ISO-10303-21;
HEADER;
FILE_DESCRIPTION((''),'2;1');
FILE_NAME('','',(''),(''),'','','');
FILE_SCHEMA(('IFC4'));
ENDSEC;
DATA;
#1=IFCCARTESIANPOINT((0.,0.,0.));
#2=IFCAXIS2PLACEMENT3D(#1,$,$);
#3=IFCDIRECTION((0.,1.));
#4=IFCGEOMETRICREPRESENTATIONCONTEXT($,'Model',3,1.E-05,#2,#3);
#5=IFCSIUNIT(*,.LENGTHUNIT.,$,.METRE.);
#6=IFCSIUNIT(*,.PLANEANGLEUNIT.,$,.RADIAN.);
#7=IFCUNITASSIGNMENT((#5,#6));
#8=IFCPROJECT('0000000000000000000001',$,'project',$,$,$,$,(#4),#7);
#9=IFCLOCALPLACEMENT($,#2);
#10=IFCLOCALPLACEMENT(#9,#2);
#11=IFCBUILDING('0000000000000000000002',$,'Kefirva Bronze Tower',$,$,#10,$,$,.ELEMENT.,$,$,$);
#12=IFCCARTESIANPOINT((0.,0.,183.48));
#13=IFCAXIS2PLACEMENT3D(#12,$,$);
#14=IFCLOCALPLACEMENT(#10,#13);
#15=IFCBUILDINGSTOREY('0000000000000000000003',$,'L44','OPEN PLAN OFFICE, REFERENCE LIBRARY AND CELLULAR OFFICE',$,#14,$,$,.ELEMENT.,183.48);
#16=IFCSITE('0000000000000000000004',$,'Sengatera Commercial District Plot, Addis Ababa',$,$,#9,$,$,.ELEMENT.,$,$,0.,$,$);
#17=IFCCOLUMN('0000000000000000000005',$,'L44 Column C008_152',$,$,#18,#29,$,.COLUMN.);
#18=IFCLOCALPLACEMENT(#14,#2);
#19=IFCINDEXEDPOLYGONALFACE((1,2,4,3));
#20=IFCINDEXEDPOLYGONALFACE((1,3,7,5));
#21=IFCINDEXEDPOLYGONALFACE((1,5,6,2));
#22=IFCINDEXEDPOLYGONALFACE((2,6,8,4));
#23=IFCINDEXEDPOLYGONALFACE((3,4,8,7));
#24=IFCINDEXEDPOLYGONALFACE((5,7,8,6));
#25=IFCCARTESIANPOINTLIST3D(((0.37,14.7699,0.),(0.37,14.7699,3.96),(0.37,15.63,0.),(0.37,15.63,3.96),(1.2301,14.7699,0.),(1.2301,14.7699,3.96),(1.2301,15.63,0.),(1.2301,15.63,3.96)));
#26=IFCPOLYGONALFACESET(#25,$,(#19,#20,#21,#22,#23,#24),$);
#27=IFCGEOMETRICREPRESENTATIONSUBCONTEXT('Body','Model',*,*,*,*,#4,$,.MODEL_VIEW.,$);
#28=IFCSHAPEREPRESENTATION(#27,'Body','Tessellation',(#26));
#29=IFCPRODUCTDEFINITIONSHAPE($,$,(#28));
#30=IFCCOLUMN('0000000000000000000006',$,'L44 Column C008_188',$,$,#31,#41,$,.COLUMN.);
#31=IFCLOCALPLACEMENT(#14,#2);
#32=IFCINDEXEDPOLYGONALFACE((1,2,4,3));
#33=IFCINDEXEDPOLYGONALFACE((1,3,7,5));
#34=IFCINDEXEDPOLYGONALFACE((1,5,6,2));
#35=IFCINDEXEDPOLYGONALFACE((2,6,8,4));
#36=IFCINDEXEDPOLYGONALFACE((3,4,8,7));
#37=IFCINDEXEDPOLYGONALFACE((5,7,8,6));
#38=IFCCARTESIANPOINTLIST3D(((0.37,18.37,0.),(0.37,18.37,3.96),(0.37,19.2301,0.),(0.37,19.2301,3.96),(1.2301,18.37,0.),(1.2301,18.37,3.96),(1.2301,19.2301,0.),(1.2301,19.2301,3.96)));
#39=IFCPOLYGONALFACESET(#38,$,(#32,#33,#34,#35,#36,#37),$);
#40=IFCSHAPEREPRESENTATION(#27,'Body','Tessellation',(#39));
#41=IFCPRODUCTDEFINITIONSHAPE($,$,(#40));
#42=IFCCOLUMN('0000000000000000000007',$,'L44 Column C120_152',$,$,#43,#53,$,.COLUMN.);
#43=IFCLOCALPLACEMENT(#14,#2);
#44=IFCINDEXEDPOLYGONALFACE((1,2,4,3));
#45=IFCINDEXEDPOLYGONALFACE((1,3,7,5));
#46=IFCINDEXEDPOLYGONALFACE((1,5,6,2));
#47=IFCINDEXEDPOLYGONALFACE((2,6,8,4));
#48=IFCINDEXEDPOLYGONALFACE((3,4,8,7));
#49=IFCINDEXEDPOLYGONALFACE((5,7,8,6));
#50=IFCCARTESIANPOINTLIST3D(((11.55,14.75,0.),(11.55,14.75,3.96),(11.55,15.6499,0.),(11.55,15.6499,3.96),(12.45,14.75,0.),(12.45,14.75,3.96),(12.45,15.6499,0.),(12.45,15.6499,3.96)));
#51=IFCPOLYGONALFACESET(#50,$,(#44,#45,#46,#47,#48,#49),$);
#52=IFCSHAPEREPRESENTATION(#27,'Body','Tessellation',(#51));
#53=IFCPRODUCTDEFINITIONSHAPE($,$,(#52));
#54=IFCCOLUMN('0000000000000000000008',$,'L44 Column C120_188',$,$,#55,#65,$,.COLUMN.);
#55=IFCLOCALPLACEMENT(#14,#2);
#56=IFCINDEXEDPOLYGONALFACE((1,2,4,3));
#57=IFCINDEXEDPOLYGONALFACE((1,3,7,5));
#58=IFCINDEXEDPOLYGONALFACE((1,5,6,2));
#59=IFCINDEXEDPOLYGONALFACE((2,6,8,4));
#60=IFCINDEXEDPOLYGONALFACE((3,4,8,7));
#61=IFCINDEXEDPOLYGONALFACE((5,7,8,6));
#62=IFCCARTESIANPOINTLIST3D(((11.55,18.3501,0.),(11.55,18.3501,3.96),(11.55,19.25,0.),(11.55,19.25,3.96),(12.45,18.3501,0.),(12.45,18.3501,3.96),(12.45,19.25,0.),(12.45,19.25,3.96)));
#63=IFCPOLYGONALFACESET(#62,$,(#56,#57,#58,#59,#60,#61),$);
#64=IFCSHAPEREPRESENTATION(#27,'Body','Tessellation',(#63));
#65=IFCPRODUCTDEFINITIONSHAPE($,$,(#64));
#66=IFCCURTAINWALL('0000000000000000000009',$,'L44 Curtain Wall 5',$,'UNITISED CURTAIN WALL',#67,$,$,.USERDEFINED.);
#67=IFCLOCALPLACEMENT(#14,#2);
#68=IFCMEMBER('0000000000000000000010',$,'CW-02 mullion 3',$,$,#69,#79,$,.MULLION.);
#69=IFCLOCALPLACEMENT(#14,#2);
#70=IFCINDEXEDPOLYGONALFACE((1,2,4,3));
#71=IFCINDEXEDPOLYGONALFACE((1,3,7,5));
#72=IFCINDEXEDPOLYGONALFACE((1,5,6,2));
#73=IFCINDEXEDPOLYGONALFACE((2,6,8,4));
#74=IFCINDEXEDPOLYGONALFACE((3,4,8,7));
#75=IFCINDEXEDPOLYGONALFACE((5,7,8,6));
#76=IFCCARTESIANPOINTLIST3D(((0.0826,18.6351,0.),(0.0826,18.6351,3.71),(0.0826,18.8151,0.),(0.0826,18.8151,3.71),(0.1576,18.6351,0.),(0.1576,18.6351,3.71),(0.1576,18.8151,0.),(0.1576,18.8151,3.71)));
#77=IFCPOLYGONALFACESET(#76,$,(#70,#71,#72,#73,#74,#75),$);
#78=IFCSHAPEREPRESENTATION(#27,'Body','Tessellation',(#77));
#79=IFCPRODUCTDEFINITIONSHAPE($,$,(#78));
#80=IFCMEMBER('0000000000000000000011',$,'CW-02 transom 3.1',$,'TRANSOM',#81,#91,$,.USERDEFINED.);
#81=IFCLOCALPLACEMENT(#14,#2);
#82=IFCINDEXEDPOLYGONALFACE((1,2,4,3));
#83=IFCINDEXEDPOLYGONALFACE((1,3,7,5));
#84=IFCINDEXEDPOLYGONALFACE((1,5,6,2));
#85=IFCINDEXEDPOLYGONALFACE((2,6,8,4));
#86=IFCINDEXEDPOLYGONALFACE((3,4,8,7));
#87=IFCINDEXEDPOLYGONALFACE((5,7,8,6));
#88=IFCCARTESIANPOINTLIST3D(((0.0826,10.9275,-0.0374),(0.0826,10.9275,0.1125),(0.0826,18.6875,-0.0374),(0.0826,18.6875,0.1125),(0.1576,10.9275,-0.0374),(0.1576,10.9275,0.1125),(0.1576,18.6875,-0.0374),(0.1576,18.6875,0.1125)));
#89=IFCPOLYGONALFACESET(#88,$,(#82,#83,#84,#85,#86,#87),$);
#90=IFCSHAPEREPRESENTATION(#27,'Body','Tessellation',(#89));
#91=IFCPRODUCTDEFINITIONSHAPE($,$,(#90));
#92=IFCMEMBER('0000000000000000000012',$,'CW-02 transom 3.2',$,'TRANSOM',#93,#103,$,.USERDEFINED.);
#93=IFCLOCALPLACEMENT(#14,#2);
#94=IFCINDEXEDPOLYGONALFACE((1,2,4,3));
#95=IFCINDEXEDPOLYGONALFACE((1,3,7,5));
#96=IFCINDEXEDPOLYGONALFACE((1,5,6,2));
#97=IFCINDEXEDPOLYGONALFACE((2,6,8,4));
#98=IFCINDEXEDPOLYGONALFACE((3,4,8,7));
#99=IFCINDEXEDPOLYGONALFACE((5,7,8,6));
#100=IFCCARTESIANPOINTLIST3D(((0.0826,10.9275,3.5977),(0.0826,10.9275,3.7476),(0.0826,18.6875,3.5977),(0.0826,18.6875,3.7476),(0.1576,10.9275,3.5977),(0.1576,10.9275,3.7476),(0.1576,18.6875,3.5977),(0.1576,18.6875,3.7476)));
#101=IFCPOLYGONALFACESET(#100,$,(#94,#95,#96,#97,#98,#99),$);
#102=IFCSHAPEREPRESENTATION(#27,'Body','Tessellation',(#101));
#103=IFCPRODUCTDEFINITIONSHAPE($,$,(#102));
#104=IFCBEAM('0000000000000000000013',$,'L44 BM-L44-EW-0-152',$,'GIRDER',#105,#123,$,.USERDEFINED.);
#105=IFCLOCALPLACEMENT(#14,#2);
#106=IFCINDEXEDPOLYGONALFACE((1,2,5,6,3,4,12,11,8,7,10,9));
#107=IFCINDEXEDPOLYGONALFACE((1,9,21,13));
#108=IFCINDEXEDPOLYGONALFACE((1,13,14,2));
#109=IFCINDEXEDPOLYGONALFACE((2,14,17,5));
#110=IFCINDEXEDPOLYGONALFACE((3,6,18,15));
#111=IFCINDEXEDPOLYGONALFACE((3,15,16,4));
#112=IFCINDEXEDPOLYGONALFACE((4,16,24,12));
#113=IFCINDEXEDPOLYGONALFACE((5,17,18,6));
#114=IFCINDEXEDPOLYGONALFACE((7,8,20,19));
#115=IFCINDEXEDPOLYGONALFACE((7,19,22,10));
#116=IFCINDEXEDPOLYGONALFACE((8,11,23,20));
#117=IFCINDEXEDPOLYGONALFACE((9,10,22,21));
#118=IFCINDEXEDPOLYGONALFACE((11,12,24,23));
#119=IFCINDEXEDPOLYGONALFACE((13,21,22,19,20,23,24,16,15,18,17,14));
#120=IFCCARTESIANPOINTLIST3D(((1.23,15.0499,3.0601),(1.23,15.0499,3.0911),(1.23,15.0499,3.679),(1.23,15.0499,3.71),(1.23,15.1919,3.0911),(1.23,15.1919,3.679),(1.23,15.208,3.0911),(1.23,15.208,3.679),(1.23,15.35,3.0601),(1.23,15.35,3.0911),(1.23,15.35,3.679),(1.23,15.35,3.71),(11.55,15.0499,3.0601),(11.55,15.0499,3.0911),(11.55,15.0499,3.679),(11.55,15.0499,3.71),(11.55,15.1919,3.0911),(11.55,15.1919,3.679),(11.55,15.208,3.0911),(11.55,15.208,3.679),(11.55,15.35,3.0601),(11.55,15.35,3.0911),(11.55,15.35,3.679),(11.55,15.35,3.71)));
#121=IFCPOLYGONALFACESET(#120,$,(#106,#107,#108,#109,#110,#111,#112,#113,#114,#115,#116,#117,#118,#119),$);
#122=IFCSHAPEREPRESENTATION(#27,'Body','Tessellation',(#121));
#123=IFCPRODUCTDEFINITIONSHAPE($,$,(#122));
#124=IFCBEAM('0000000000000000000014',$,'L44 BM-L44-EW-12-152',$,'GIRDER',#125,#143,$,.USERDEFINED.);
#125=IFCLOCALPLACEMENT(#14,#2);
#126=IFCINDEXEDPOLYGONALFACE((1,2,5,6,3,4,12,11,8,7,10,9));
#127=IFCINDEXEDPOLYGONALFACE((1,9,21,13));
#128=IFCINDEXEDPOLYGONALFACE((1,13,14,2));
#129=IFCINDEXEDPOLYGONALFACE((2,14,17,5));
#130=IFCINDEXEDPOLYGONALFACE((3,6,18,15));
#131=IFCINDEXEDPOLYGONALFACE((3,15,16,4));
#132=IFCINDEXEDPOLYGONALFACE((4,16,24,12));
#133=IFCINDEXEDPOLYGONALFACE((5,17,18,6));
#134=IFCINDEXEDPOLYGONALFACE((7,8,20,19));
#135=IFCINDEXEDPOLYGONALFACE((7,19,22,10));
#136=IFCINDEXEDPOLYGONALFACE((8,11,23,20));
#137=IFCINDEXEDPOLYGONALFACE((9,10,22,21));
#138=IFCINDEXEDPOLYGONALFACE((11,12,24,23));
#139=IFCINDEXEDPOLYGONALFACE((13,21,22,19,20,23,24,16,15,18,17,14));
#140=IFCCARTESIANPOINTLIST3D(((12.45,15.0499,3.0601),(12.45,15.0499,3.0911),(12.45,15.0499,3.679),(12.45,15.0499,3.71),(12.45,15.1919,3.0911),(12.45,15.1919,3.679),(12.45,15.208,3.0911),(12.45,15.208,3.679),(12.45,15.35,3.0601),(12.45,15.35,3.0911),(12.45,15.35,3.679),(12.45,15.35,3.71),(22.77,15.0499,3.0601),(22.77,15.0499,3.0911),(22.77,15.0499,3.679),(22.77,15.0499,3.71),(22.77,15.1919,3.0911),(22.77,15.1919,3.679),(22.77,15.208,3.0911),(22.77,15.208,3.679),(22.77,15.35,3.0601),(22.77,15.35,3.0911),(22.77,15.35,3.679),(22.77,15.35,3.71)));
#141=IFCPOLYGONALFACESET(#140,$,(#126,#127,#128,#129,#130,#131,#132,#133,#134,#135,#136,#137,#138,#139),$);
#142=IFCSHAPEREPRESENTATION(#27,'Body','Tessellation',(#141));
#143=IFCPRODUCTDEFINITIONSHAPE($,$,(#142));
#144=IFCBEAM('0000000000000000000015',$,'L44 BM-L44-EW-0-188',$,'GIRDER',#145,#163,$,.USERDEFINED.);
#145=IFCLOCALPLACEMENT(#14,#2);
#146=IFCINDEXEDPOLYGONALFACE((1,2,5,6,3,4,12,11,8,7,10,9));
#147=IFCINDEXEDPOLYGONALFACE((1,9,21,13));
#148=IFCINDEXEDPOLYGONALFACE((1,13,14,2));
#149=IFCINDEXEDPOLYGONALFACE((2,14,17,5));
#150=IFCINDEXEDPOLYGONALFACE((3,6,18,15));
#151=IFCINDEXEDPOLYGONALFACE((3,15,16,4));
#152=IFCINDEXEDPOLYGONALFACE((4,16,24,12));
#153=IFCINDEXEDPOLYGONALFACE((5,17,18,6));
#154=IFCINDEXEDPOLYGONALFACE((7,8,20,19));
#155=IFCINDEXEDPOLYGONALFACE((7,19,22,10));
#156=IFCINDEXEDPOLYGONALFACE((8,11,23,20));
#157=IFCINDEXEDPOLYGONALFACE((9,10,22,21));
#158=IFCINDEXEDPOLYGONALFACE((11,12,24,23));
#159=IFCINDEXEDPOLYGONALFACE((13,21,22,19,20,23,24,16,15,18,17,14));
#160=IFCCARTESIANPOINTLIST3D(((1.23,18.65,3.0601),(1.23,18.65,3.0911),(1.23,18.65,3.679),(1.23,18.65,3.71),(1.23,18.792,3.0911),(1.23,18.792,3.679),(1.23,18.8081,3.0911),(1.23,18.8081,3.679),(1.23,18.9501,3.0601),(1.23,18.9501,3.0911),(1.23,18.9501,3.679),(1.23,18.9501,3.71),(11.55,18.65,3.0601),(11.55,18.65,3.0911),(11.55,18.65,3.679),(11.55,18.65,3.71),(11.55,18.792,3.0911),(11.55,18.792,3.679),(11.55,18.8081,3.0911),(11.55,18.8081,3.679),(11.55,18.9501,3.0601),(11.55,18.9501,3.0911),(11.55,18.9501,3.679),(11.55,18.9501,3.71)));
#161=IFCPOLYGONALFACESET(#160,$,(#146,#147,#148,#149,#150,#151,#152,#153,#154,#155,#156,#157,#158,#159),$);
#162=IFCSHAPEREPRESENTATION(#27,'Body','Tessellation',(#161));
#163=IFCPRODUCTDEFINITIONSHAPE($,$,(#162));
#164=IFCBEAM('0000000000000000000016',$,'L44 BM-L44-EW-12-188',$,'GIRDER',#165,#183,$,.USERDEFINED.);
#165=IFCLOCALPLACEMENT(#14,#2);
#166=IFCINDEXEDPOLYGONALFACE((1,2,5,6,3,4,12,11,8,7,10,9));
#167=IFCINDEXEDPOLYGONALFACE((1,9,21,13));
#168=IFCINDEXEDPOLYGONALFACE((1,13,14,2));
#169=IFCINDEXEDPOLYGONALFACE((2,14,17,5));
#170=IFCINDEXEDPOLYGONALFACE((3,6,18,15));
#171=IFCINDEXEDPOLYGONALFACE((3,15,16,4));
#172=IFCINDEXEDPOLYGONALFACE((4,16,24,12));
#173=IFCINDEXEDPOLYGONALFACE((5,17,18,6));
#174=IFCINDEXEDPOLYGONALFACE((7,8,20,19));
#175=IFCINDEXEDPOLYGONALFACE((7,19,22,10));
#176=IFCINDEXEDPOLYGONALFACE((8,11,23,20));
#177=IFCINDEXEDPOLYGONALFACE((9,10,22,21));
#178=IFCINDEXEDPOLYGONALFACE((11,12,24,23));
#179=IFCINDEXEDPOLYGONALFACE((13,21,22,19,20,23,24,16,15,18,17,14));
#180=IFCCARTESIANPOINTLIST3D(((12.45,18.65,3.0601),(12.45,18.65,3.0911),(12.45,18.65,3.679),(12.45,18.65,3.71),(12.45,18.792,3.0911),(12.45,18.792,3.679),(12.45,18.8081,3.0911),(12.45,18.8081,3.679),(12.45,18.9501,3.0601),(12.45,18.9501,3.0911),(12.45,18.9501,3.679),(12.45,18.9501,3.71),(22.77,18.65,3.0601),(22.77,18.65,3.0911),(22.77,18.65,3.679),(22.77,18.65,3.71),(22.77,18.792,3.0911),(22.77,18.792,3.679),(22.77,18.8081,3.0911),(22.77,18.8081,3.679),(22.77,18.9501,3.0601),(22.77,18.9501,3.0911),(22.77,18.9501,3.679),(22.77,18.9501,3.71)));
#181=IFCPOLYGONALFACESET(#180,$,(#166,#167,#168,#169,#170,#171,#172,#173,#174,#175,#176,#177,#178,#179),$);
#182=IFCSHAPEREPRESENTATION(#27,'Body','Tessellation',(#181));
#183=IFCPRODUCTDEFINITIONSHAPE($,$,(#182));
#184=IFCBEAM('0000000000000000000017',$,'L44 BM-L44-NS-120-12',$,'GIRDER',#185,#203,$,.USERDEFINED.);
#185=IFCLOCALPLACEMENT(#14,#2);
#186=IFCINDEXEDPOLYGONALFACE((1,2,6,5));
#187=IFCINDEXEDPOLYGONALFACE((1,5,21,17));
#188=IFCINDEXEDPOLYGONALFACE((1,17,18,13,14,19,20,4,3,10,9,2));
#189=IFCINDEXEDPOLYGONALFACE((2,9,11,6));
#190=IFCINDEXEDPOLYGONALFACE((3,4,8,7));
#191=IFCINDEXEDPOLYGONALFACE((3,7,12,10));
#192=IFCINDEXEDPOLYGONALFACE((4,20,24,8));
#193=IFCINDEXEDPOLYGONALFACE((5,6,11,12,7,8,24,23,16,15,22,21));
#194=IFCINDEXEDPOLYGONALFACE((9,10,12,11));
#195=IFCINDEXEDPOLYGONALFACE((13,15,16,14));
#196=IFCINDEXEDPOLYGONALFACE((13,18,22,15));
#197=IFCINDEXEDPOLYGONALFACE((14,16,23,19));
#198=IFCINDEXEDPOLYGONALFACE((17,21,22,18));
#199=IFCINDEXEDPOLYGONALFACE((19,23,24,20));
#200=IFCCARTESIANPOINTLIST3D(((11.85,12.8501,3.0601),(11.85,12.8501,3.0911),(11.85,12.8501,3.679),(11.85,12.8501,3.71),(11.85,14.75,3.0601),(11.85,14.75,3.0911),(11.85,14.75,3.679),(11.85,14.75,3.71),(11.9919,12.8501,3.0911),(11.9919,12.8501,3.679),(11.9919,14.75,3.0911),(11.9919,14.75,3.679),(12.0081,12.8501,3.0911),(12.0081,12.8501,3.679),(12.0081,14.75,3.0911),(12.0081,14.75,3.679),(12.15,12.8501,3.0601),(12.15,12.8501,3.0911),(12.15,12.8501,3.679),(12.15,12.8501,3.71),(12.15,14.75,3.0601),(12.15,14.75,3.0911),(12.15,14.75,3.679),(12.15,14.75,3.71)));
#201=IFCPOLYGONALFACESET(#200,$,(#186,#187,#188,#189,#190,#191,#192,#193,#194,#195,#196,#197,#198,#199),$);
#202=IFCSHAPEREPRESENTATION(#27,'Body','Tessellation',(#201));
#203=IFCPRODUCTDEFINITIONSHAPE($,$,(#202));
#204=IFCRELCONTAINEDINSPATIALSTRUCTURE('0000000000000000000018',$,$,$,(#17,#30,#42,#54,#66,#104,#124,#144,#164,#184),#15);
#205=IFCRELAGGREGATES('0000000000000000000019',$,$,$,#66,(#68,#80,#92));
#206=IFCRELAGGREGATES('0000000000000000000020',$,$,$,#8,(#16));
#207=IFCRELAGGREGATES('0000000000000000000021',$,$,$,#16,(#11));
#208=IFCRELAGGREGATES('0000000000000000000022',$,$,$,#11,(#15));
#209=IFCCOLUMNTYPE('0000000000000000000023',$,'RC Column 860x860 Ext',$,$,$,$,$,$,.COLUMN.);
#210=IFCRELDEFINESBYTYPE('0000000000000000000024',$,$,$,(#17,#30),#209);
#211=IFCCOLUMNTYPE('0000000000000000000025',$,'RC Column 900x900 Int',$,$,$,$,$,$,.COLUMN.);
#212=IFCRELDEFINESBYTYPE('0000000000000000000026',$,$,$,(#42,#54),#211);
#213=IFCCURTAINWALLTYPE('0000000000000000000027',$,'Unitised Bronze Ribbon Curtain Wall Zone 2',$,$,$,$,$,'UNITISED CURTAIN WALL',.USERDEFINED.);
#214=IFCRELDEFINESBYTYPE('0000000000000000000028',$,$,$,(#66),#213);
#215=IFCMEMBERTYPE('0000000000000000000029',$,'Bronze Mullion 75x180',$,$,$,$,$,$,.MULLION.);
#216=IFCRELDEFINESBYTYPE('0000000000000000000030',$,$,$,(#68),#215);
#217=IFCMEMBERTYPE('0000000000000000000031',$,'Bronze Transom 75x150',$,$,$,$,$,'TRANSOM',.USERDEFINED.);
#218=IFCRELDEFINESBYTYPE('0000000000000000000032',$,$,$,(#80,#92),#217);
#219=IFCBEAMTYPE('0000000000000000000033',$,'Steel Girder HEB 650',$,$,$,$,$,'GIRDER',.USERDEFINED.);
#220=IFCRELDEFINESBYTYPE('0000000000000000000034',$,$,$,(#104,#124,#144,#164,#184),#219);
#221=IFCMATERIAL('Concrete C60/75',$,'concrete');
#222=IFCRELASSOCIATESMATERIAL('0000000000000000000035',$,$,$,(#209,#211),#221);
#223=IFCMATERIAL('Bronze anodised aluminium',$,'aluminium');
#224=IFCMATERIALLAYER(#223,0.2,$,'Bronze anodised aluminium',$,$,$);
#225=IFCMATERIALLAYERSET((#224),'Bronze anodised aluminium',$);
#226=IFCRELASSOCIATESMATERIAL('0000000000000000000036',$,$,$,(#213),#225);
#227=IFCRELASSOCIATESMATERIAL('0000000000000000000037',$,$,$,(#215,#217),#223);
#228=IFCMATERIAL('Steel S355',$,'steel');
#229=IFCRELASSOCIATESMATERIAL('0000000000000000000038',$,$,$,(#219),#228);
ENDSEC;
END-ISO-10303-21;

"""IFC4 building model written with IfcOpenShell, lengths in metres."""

from ifc_helpers import new_model, si_unit, direction, frame, origin, origin_2d, place, context, subcontext, project, spatial, rectangle, i_section, extrude, material, layer, layer_set, material_profile, profile_set, type_object, element, aggregate, save


model = new_model("IFC4")

# Units and contexts
model_context = context("Model", 3, precision=1e-05, world=origin(), true_north=direction((0.0, 1.0)))
body_context = subcontext(model_context, "Body", "Model", "MODEL_VIEW")
ifc_project = project(units=[si_unit("LENGTHUNIT", "METRE"), si_unit("PLANEANGLEUNIT", "RADIAN")], contexts=[model_context])

# Site, building, storey
site_placement = place(None, origin())
site = spatial("IfcSite", under=ifc_project, at=site_placement, Name="Sengatera Commercial District Plot, Addis Ababa", CompositionType="ELEMENT", RefElevation=0.0)
building_placement = place(site_placement, origin())
building = spatial("IfcBuilding", under=site, at=building_placement, Name="Kefirva Bronze Tower", CompositionType="ELEMENT")
storey_placement = place(building_placement, frame((0.0, 0.0, 183.48)))
storey = spatial("IfcBuildingStorey", under=building, at=storey_placement, Name="L44", Description="OPEN PLAN OFFICE, REFERENCE LIBRARY AND CELLULAR OFFICE", CompositionType="ELEMENT", Elevation=183.48)

# Columns
ifc_material_1 = material(Name="Concrete C60/75", Category="concrete")
ifc_material_profile_1 = material_profile(ifc_material_1, rectangle(XDim=0.8601, YDim=0.8601, at=origin_2d()), Name="RC 860x860")
ifc_profile_set_1 = profile_set([ifc_material_profile_1], Name="Concrete C60/75")
column_type_1 = type_object("IfcColumnType", Name="RC Column 860x860 Ext", PredefinedType="COLUMN", material=ifc_profile_set_1)
for number, where, z_axis, x_axis, name in (
    (1, (0.8, 15.2, 0.0), (0.0, 0.0, 1.0), (1.0, 0.0, 0.0), "L44 Column C008_152"),
    (2, (0.8, 18.8, 0.0), (0.0, 0.0, 1.0), (1.0, 0.0, 0.0), "L44 Column C008_188"),
):
    element("IfcColumn", number, at=place(storey_placement, frame(where, z_axis=z_axis, x_axis=x_axis)), inside=storey, type_object=column_type_1, Name=name, PredefinedType="COLUMN", context=body_context, shape_type="SweptSolid", body=[
        extrude(rectangle(XDim=0.8601, YDim=0.8601, at=origin_2d()), origin(), (0.0, 0.0, 1.0), 3.96),
    ])
ifc_material_profile_2 = material_profile(ifc_material_1, rectangle(XDim=0.8999, YDim=0.8999, at=origin_2d()), Name="RC 900x900")
ifc_profile_set_2 = profile_set([ifc_material_profile_2], Name="Concrete C60/75")
column_type_2 = type_object("IfcColumnType", Name="RC Column 900x900 Int", PredefinedType="COLUMN", material=ifc_profile_set_2)
for number, where, z_axis, x_axis, name in (
    (3, (12.0, 15.2, 0.0), (0.0, 0.0, 1.0), (1.0, 0.0, 0.0), "L44 Column C120_152"),
    (4, (12.0, 18.8, 0.0), (0.0, 0.0, 1.0), (1.0, 0.0, 0.0), "L44 Column C120_188"),
):
    element("IfcColumn", number, at=place(storey_placement, frame(where, z_axis=z_axis, x_axis=x_axis)), inside=storey, type_object=column_type_2, Name=name, PredefinedType="COLUMN", context=body_context, shape_type="SweptSolid", body=[
        extrude(rectangle(XDim=0.8999, YDim=0.8999, at=origin_2d()), origin(), (0.0, 0.0, 1.0), 3.96),
    ])

# Curtain wall, members
ifc_material_2 = material(Name="Bronze anodised aluminium", Category="aluminium")
ifc_layer_1 = layer(ifc_material_2, 0.2, Name="Bronze anodised aluminium")
ifc_layer_set_1 = layer_set([ifc_layer_1], Name="Bronze anodised aluminium")
curtain_wall_type = type_object("IfcCurtainWallType", Name="Unitised Bronze Ribbon Curtain Wall Zone 2", ElementType="UNITISED CURTAIN WALL", PredefinedType="USERDEFINED", material=ifc_layer_set_1)
curtain_wall_placement = place(storey_placement, origin())
curtain_wall = element("IfcCurtainWall", 5, at=curtain_wall_placement, inside=storey, type_object=curtain_wall_type, Name="L44 Curtain Wall 5", ObjectType="UNITISED CURTAIN WALL", PredefinedType="USERDEFINED")
ifc_material_profile_3 = material_profile(ifc_material_2, rectangle(XDim=0.075, YDim=0.1799, at=origin_2d()), Name="ALU 75x180")
ifc_profile_set_3 = profile_set([ifc_material_profile_3], Name="Bronze anodised aluminium")
member_type_1 = type_object("IfcMemberType", Name="Bronze Mullion 75x180", PredefinedType="MULLION", material=ifc_profile_set_3)
member_1_placement = place(storey_placement, frame((0.1201, 18.7251, 0.0), z_axis=(0.0, 0.0, 1.0), x_axis=(1.0, 0.0, 0.0)))
member_1 = element("IfcMember", 6, at=member_1_placement, type_object=member_type_1, Name="CW-02 mullion 3", PredefinedType="MULLION", context=body_context, shape_type="SweptSolid", body=[
    extrude(rectangle(XDim=0.075, YDim=0.1799, at=origin_2d()), origin(), (0.0, 0.0, 1.0), 3.71),
])
ifc_material_profile_4 = material_profile(ifc_material_2, rectangle(XDim=0.075, YDim=0.1499, at=origin_2d()), Name="ALU 75x150")
ifc_profile_set_4 = profile_set([ifc_material_profile_4], Name="Bronze anodised aluminium")
member_type_2 = type_object("IfcMemberType", Name="Bronze Transom 75x150", ElementType="TRANSOM", PredefinedType="USERDEFINED", material=ifc_profile_set_4)
member_2_placement = place(storey_placement, frame((0.1201, 18.6875, 0.0376), z_axis=(0.0, -1.0, 0.0), x_axis=(1.0, 0.0, 0.0)))
member_2 = element("IfcMember", 7, at=member_2_placement, type_object=member_type_2, Name="CW-02 transom 3.1", ObjectType="TRANSOM", PredefinedType="USERDEFINED", context=body_context, shape_type="SweptSolid", body=[
    extrude(rectangle(XDim=0.075, YDim=0.1499, at=origin_2d()), origin(), (0.0, 0.0, 1.0), 7.76),
])
member_3_placement = place(storey_placement, frame((0.1201, 18.6875, 3.6726), z_axis=(0.0, -1.0, 0.0), x_axis=(1.0, 0.0, 0.0)))
member_3 = element("IfcMember", 8, at=member_3_placement, type_object=member_type_2, Name="CW-02 transom 3.2", ObjectType="TRANSOM", PredefinedType="USERDEFINED", context=body_context, shape_type="SweptSolid", body=[
    extrude(rectangle(XDim=0.075, YDim=0.1499, at=origin_2d()), origin(), (0.0, 0.0, 1.0), 7.76),
])

# Beams
ifc_material_3 = material(Name="Steel S355", Category="steel")
ifc_material_profile_5 = material_profile(ifc_material_3, i_section(OverallWidth=0.3, OverallDepth=0.6499, WebThickness=0.0161, FlangeThickness=0.031, at=origin_2d()), Name="HEB 650")
ifc_profile_set_5 = profile_set([ifc_material_profile_5], Name="Steel S355")
beam_type_1 = type_object("IfcBeamType", Name="Steel Girder HEB 650", ElementType="GIRDER", PredefinedType="USERDEFINED", material=ifc_profile_set_5)
for number, where, z_axis, x_axis, name in (
    (9, (1.23, 15.2, 3.385), (1.0, 0.0, 0.0), (0.0, 1.0, 0.0), "L44 BM-L44-EW-0-152"),
    (10, (12.45, 15.2, 3.385), (1.0, 0.0, 0.0), (0.0, 1.0, 0.0), "L44 BM-L44-EW-12-152"),
    (11, (1.23, 18.8, 3.385), (1.0, 0.0, 0.0), (0.0, 1.0, 0.0), "L44 BM-L44-EW-0-188"),
    (12, (12.45, 18.8, 3.385), (1.0, 0.0, 0.0), (0.0, 1.0, 0.0), "L44 BM-L44-EW-12-188"),
):
    element("IfcBeam", number, at=place(storey_placement, frame(where, z_axis=z_axis, x_axis=x_axis)), inside=storey, type_object=beam_type_1, Name=name, ObjectType="GIRDER", PredefinedType="USERDEFINED", context=body_context, shape_type="SweptSolid", body=[
        extrude(i_section(OverallWidth=0.3, OverallDepth=0.6499, WebThickness=0.0161, FlangeThickness=0.031, at=origin_2d()), origin(), (0.0, 0.0, 1.0), 10.3201),
    ])
beam_1_placement = place(storey_placement, frame((12.0, 12.8501, 3.385), z_axis=(0.0, 1.0, 0.0), x_axis=(-1.0, 0.0, 0.0)))
element("IfcBeam", 13, at=beam_1_placement, inside=storey, type_object=beam_type_1, Name="L44 BM-L44-NS-120-12", ObjectType="GIRDER", PredefinedType="USERDEFINED", context=body_context, shape_type="SweptSolid", body=[
    extrude(i_section(OverallWidth=0.3, OverallDepth=0.6499, WebThickness=0.0161, FlangeThickness=0.031, at=origin_2d()), origin(), (0.0, 0.0, 1.0), 1.8999),
])

aggregate(curtain_wall, [member_1, member_2, member_3])

save(model, "model.ifc")
